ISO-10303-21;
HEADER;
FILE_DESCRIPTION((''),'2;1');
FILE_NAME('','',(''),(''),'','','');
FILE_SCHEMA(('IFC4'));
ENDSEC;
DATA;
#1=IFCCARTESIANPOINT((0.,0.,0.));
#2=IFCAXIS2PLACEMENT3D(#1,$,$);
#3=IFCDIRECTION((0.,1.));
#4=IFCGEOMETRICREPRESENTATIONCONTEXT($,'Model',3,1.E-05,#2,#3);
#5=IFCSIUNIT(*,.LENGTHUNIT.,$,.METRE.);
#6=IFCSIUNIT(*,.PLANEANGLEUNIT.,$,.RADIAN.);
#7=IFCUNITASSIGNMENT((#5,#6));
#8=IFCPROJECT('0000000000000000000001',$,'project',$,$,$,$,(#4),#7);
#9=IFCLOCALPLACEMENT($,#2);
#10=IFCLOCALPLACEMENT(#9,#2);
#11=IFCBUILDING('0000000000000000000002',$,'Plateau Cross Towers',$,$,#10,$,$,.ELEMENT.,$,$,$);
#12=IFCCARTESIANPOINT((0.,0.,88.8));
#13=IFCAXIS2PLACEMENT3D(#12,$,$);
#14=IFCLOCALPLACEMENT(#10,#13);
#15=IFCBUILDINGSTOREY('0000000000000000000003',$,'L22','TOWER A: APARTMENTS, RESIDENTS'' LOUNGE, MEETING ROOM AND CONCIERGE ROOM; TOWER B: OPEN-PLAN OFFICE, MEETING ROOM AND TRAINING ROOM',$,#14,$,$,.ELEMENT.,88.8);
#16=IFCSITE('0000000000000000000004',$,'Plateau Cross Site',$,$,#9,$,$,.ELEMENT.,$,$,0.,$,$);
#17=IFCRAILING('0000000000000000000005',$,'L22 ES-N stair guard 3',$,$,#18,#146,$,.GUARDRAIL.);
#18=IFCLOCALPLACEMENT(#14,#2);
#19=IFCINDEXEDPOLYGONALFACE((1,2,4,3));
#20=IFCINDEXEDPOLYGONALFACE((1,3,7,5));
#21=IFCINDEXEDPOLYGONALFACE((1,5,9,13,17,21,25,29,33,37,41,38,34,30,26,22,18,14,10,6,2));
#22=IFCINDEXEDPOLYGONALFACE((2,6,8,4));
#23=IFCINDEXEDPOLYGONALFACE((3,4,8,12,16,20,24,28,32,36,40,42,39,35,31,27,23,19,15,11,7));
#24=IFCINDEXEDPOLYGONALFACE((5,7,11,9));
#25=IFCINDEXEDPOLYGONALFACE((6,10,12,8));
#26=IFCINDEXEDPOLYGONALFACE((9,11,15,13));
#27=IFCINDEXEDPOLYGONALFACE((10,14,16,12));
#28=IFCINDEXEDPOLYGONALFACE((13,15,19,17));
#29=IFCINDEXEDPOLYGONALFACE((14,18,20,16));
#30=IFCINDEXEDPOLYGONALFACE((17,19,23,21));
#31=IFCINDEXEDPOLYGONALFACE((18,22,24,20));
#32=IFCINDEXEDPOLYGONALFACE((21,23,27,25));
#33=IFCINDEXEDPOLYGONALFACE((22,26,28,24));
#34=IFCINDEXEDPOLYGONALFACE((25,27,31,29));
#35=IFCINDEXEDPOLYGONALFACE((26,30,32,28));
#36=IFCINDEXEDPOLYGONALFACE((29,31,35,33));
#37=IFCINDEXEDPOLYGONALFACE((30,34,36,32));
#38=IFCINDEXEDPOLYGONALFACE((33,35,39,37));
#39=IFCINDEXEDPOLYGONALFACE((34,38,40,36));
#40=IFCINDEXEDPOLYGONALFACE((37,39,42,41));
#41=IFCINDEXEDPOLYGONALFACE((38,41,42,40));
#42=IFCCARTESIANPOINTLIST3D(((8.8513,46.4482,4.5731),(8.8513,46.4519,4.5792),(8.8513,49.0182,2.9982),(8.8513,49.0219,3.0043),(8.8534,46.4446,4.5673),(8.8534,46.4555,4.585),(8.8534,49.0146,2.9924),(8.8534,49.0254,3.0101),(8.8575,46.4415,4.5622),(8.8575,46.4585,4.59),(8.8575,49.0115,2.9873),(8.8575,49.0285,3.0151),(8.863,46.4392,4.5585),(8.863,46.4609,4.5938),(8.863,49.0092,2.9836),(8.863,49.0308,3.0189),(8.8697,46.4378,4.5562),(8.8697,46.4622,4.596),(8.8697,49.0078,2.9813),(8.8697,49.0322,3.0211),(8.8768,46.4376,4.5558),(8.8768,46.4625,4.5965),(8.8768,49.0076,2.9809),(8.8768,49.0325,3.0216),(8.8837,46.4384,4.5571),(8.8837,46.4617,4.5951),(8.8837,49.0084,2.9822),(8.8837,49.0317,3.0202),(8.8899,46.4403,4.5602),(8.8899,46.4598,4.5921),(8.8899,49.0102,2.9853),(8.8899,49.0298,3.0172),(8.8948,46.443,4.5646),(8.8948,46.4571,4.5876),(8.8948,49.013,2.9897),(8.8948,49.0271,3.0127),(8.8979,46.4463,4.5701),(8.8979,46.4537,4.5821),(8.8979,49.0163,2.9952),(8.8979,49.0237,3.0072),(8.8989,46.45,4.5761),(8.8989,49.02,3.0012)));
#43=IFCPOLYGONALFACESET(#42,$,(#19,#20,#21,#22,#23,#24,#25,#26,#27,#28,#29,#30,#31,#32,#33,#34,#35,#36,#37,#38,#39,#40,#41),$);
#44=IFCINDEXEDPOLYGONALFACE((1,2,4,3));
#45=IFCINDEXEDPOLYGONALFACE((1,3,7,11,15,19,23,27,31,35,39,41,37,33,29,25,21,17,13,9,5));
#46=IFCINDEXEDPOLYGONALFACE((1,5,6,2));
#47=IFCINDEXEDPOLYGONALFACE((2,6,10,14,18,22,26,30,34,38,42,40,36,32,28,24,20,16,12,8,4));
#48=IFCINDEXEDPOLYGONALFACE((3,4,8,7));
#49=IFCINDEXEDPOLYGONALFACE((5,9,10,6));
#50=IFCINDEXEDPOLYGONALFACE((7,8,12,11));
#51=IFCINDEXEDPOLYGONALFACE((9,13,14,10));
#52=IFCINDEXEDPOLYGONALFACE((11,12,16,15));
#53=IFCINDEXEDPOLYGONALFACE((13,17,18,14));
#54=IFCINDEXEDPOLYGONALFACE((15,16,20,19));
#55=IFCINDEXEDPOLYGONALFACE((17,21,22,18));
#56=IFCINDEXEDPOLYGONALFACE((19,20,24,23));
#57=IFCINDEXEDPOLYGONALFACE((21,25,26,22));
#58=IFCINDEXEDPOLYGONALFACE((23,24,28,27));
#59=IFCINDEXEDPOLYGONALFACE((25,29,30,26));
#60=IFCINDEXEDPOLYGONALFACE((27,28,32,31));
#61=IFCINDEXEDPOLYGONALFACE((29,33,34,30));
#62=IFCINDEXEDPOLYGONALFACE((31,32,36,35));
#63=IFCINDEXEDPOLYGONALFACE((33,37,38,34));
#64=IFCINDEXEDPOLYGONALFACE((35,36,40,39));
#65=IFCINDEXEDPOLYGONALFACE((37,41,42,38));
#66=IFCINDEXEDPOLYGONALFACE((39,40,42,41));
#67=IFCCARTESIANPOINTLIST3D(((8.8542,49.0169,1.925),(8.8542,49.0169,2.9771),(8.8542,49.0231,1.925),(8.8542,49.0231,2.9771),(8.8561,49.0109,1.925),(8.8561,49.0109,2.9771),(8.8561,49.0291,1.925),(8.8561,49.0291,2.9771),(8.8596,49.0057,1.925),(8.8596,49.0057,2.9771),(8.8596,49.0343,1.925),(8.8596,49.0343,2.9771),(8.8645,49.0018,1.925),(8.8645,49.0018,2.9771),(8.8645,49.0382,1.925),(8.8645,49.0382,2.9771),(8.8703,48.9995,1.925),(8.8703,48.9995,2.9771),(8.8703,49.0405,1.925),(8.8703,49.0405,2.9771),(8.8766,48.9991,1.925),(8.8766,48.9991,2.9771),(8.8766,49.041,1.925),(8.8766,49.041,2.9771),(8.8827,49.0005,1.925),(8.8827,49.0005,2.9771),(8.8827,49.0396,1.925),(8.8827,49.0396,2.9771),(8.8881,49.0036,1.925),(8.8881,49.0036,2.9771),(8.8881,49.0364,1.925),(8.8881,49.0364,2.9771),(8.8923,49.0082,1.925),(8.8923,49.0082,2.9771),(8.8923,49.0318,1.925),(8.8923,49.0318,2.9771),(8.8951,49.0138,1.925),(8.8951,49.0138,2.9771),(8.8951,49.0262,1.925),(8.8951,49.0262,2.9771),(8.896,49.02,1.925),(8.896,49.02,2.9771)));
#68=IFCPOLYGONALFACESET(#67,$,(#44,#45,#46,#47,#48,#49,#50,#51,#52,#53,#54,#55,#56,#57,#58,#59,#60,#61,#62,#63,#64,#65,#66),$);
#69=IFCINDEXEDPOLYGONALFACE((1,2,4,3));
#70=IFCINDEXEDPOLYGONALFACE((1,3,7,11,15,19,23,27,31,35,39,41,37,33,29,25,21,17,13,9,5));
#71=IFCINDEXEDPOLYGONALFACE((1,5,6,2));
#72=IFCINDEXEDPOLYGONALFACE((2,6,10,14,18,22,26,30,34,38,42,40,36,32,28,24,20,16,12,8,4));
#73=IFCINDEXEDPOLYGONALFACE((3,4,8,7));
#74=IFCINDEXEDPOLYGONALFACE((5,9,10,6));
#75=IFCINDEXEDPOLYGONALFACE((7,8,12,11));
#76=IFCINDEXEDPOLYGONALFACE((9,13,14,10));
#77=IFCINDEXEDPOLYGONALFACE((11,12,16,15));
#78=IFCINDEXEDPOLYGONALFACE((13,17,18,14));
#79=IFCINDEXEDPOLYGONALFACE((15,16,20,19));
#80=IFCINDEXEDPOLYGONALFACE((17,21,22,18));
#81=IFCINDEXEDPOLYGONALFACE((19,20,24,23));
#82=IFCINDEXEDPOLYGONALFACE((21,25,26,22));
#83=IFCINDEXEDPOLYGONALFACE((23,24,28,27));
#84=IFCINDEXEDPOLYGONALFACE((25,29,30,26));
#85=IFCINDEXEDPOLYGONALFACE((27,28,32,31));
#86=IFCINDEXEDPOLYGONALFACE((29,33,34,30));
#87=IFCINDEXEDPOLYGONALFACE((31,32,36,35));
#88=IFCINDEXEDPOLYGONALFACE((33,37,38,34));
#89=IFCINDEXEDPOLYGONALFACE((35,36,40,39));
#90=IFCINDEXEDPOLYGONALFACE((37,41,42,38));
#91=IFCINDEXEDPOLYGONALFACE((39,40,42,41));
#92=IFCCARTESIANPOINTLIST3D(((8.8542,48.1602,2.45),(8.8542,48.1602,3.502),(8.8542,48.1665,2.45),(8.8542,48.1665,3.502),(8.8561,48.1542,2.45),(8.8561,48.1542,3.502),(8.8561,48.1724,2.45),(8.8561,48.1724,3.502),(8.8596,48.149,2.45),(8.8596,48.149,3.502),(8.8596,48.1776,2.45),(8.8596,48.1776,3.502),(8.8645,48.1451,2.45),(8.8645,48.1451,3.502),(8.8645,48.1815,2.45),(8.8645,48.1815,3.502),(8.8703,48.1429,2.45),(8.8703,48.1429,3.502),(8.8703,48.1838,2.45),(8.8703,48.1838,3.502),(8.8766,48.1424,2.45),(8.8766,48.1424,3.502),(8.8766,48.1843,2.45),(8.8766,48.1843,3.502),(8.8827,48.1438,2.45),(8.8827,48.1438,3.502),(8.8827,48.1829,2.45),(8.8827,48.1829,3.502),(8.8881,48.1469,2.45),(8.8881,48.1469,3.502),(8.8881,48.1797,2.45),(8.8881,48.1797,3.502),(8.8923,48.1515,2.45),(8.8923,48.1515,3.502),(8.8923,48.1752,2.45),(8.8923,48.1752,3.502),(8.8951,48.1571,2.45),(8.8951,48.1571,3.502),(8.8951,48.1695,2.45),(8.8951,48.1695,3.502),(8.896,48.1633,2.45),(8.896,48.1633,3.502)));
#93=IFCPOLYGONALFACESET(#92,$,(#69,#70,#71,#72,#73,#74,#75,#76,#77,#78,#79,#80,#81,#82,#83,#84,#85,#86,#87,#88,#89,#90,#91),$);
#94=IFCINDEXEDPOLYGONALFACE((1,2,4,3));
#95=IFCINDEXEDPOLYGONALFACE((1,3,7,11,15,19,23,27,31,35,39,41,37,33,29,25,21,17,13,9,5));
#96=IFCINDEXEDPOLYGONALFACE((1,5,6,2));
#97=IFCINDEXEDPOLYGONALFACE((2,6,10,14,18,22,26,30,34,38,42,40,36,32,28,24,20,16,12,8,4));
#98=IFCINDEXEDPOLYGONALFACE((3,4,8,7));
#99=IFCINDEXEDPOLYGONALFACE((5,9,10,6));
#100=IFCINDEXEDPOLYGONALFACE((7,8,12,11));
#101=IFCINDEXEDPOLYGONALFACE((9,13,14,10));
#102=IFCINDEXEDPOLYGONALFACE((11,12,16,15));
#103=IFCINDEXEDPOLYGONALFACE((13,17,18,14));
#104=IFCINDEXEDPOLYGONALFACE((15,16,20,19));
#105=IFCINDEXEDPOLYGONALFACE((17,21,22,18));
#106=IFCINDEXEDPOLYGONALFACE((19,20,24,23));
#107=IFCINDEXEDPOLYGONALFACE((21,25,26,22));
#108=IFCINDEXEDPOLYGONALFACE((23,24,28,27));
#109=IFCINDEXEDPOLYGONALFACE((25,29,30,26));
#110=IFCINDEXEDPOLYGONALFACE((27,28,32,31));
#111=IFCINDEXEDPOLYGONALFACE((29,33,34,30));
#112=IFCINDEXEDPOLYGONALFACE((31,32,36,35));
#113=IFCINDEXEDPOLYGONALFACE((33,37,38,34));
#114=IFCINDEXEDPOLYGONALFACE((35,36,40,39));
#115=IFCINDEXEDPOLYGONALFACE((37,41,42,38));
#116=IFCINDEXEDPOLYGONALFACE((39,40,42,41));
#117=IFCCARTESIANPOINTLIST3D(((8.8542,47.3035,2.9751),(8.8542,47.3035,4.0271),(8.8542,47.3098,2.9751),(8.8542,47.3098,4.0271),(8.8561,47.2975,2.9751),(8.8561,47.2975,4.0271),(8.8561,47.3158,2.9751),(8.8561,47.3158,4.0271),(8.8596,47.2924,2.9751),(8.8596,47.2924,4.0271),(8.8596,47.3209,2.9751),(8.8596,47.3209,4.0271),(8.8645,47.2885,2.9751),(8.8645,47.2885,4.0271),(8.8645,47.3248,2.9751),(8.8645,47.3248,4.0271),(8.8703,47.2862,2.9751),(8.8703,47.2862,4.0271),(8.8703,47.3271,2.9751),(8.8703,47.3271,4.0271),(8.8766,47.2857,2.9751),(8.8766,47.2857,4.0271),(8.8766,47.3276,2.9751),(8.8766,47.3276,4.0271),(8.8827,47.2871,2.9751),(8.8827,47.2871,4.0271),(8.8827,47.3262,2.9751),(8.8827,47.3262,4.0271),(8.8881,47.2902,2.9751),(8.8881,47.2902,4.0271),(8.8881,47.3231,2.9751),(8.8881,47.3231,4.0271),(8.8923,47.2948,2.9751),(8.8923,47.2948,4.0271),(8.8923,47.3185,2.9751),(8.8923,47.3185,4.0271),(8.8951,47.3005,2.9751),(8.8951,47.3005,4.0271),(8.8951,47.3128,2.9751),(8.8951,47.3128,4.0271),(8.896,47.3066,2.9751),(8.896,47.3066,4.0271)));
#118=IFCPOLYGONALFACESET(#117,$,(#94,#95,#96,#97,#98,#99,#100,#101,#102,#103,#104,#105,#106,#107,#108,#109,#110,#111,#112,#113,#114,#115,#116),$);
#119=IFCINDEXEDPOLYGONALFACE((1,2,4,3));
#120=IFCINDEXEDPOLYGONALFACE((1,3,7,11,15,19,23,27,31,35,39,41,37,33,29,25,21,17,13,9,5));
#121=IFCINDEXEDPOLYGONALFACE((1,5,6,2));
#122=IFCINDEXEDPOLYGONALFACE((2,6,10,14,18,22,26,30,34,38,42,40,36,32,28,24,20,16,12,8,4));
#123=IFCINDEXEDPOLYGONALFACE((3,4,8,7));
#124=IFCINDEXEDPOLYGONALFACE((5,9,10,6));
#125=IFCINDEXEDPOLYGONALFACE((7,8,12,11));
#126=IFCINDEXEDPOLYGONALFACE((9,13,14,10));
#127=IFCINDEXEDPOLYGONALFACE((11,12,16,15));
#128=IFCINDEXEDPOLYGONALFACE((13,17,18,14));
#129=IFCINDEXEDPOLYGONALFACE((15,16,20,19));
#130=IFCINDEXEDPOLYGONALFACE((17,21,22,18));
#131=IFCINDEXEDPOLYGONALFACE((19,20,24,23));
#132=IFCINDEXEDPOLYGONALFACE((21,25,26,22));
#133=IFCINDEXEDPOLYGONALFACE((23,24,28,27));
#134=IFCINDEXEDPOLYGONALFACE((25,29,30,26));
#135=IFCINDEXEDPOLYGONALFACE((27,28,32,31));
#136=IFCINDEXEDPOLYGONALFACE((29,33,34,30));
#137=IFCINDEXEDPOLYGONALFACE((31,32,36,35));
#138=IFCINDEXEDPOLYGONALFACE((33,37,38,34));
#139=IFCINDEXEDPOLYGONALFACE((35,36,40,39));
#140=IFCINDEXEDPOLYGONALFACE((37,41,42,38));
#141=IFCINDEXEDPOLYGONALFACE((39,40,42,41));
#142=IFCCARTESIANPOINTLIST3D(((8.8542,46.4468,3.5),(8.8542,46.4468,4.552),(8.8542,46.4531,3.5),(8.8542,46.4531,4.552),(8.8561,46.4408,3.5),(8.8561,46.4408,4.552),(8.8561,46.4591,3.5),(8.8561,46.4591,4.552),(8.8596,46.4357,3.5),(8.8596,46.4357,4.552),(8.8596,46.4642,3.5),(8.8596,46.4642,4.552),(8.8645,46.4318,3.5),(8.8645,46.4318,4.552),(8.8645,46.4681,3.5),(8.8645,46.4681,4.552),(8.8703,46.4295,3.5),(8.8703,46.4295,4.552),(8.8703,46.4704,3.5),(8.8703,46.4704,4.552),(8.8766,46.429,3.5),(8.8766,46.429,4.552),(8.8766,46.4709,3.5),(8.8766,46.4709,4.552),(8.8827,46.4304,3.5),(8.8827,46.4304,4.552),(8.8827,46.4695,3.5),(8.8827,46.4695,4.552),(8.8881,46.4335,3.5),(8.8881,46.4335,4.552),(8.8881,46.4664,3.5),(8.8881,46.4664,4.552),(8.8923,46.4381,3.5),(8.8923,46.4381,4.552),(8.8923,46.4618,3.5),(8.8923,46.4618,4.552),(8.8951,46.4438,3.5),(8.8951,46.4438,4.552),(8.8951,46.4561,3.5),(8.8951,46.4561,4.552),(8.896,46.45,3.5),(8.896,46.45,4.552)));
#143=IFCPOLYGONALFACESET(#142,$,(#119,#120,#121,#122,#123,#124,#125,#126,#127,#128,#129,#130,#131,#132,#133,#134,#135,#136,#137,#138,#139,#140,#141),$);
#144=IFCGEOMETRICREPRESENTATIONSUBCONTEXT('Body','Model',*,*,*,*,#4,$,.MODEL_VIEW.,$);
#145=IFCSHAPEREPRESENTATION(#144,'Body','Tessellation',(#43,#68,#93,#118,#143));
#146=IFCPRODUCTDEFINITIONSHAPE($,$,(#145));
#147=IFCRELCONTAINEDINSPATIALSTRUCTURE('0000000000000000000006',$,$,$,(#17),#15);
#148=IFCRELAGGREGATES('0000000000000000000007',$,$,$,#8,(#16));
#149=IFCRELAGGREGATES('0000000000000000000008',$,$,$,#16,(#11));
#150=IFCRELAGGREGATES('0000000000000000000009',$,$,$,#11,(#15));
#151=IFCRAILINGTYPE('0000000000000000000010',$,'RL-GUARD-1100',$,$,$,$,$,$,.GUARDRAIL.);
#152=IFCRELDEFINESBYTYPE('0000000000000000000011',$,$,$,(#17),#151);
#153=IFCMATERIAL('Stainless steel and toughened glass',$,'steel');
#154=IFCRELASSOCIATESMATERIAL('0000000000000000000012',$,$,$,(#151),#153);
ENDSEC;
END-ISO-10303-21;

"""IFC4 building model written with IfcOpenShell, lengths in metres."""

from ifc_helpers import new_model, si_unit, direction, frame, origin, origin_2d, place, context, subcontext, project, spatial, circle, extrude, material, type_object, element, save


model = new_model("IFC4")

# Units and contexts
model_context = context("Model", 3, precision=1e-05, world=origin(), true_north=direction((0.0, 1.0)))
body_context = subcontext(model_context, "Body", "Model", "MODEL_VIEW")
ifc_project = project(units=[si_unit("LENGTHUNIT", "METRE"), si_unit("PLANEANGLEUNIT", "RADIAN")], contexts=[model_context])

# Site, building, storey
site_placement = place(None, origin())
site = spatial("IfcSite", under=ifc_project, at=site_placement, Name="Plateau Cross Site", CompositionType="ELEMENT", RefElevation=0.0)
building_placement = place(site_placement, origin())
building = spatial("IfcBuilding", under=site, at=building_placement, Name="Plateau Cross Towers", CompositionType="ELEMENT")
storey_placement = place(building_placement, frame((0.0, 0.0, 88.8)))
storey = spatial("IfcBuildingStorey", under=building, at=storey_placement, Name="L22", Description="TOWER A: APARTMENTS, RESIDENTS' LOUNGE, MEETING ROOM AND CONCIERGE ROOM; TOWER B: OPEN-PLAN OFFICE, MEETING ROOM AND TRAINING ROOM", CompositionType="ELEMENT", Elevation=88.8)

# Railing
ifc_material_1 = material(Name="Stainless steel and toughened glass", Category="steel")
railing_type_1 = type_object("IfcRailingType", Name="RL-GUARD-1100", PredefinedType="GUARDRAIL", material=ifc_material_1)
railing_1_placement = place(storey_placement, frame((8.875, 49.02, 1.925)))
element("IfcRailing", 1, at=railing_1_placement, inside=storey, type_object=railing_type_1, Name="L22 ES-N stair guard 3", PredefinedType="GUARDRAIL", context=body_context, shape_type="SweptSolid", body=[
    extrude(circle(Radius=0.0239, at=origin_2d()), frame((0.0, 0.0, 1.0762), z_axis=(0.0, -0.852639, 0.522501), x_axis=(1.0, 0.0, 0.0)), (0.0, 0.0, 1.0), 3.0142),
    extrude(circle(Radius=0.021, at=origin_2d()), origin(), (0.0, 0.0, 1.0), 1.052),
    extrude(circle(Radius=0.021, at=origin_2d()), frame((0.0, -0.8567, 0.5249)), (0.0, 0.0, 1.0), 1.052),
    extrude(circle(Radius=0.021, at=origin_2d()), frame((0.0, -1.7134, 1.05)), (0.0, 0.0, 1.0), 1.052),
    extrude(circle(Radius=0.021, at=origin_2d()), frame((0.0, -2.5701, 1.575)), (0.0, 0.0, 1.0), 1.052),
])

save(model, "model.ifc")
